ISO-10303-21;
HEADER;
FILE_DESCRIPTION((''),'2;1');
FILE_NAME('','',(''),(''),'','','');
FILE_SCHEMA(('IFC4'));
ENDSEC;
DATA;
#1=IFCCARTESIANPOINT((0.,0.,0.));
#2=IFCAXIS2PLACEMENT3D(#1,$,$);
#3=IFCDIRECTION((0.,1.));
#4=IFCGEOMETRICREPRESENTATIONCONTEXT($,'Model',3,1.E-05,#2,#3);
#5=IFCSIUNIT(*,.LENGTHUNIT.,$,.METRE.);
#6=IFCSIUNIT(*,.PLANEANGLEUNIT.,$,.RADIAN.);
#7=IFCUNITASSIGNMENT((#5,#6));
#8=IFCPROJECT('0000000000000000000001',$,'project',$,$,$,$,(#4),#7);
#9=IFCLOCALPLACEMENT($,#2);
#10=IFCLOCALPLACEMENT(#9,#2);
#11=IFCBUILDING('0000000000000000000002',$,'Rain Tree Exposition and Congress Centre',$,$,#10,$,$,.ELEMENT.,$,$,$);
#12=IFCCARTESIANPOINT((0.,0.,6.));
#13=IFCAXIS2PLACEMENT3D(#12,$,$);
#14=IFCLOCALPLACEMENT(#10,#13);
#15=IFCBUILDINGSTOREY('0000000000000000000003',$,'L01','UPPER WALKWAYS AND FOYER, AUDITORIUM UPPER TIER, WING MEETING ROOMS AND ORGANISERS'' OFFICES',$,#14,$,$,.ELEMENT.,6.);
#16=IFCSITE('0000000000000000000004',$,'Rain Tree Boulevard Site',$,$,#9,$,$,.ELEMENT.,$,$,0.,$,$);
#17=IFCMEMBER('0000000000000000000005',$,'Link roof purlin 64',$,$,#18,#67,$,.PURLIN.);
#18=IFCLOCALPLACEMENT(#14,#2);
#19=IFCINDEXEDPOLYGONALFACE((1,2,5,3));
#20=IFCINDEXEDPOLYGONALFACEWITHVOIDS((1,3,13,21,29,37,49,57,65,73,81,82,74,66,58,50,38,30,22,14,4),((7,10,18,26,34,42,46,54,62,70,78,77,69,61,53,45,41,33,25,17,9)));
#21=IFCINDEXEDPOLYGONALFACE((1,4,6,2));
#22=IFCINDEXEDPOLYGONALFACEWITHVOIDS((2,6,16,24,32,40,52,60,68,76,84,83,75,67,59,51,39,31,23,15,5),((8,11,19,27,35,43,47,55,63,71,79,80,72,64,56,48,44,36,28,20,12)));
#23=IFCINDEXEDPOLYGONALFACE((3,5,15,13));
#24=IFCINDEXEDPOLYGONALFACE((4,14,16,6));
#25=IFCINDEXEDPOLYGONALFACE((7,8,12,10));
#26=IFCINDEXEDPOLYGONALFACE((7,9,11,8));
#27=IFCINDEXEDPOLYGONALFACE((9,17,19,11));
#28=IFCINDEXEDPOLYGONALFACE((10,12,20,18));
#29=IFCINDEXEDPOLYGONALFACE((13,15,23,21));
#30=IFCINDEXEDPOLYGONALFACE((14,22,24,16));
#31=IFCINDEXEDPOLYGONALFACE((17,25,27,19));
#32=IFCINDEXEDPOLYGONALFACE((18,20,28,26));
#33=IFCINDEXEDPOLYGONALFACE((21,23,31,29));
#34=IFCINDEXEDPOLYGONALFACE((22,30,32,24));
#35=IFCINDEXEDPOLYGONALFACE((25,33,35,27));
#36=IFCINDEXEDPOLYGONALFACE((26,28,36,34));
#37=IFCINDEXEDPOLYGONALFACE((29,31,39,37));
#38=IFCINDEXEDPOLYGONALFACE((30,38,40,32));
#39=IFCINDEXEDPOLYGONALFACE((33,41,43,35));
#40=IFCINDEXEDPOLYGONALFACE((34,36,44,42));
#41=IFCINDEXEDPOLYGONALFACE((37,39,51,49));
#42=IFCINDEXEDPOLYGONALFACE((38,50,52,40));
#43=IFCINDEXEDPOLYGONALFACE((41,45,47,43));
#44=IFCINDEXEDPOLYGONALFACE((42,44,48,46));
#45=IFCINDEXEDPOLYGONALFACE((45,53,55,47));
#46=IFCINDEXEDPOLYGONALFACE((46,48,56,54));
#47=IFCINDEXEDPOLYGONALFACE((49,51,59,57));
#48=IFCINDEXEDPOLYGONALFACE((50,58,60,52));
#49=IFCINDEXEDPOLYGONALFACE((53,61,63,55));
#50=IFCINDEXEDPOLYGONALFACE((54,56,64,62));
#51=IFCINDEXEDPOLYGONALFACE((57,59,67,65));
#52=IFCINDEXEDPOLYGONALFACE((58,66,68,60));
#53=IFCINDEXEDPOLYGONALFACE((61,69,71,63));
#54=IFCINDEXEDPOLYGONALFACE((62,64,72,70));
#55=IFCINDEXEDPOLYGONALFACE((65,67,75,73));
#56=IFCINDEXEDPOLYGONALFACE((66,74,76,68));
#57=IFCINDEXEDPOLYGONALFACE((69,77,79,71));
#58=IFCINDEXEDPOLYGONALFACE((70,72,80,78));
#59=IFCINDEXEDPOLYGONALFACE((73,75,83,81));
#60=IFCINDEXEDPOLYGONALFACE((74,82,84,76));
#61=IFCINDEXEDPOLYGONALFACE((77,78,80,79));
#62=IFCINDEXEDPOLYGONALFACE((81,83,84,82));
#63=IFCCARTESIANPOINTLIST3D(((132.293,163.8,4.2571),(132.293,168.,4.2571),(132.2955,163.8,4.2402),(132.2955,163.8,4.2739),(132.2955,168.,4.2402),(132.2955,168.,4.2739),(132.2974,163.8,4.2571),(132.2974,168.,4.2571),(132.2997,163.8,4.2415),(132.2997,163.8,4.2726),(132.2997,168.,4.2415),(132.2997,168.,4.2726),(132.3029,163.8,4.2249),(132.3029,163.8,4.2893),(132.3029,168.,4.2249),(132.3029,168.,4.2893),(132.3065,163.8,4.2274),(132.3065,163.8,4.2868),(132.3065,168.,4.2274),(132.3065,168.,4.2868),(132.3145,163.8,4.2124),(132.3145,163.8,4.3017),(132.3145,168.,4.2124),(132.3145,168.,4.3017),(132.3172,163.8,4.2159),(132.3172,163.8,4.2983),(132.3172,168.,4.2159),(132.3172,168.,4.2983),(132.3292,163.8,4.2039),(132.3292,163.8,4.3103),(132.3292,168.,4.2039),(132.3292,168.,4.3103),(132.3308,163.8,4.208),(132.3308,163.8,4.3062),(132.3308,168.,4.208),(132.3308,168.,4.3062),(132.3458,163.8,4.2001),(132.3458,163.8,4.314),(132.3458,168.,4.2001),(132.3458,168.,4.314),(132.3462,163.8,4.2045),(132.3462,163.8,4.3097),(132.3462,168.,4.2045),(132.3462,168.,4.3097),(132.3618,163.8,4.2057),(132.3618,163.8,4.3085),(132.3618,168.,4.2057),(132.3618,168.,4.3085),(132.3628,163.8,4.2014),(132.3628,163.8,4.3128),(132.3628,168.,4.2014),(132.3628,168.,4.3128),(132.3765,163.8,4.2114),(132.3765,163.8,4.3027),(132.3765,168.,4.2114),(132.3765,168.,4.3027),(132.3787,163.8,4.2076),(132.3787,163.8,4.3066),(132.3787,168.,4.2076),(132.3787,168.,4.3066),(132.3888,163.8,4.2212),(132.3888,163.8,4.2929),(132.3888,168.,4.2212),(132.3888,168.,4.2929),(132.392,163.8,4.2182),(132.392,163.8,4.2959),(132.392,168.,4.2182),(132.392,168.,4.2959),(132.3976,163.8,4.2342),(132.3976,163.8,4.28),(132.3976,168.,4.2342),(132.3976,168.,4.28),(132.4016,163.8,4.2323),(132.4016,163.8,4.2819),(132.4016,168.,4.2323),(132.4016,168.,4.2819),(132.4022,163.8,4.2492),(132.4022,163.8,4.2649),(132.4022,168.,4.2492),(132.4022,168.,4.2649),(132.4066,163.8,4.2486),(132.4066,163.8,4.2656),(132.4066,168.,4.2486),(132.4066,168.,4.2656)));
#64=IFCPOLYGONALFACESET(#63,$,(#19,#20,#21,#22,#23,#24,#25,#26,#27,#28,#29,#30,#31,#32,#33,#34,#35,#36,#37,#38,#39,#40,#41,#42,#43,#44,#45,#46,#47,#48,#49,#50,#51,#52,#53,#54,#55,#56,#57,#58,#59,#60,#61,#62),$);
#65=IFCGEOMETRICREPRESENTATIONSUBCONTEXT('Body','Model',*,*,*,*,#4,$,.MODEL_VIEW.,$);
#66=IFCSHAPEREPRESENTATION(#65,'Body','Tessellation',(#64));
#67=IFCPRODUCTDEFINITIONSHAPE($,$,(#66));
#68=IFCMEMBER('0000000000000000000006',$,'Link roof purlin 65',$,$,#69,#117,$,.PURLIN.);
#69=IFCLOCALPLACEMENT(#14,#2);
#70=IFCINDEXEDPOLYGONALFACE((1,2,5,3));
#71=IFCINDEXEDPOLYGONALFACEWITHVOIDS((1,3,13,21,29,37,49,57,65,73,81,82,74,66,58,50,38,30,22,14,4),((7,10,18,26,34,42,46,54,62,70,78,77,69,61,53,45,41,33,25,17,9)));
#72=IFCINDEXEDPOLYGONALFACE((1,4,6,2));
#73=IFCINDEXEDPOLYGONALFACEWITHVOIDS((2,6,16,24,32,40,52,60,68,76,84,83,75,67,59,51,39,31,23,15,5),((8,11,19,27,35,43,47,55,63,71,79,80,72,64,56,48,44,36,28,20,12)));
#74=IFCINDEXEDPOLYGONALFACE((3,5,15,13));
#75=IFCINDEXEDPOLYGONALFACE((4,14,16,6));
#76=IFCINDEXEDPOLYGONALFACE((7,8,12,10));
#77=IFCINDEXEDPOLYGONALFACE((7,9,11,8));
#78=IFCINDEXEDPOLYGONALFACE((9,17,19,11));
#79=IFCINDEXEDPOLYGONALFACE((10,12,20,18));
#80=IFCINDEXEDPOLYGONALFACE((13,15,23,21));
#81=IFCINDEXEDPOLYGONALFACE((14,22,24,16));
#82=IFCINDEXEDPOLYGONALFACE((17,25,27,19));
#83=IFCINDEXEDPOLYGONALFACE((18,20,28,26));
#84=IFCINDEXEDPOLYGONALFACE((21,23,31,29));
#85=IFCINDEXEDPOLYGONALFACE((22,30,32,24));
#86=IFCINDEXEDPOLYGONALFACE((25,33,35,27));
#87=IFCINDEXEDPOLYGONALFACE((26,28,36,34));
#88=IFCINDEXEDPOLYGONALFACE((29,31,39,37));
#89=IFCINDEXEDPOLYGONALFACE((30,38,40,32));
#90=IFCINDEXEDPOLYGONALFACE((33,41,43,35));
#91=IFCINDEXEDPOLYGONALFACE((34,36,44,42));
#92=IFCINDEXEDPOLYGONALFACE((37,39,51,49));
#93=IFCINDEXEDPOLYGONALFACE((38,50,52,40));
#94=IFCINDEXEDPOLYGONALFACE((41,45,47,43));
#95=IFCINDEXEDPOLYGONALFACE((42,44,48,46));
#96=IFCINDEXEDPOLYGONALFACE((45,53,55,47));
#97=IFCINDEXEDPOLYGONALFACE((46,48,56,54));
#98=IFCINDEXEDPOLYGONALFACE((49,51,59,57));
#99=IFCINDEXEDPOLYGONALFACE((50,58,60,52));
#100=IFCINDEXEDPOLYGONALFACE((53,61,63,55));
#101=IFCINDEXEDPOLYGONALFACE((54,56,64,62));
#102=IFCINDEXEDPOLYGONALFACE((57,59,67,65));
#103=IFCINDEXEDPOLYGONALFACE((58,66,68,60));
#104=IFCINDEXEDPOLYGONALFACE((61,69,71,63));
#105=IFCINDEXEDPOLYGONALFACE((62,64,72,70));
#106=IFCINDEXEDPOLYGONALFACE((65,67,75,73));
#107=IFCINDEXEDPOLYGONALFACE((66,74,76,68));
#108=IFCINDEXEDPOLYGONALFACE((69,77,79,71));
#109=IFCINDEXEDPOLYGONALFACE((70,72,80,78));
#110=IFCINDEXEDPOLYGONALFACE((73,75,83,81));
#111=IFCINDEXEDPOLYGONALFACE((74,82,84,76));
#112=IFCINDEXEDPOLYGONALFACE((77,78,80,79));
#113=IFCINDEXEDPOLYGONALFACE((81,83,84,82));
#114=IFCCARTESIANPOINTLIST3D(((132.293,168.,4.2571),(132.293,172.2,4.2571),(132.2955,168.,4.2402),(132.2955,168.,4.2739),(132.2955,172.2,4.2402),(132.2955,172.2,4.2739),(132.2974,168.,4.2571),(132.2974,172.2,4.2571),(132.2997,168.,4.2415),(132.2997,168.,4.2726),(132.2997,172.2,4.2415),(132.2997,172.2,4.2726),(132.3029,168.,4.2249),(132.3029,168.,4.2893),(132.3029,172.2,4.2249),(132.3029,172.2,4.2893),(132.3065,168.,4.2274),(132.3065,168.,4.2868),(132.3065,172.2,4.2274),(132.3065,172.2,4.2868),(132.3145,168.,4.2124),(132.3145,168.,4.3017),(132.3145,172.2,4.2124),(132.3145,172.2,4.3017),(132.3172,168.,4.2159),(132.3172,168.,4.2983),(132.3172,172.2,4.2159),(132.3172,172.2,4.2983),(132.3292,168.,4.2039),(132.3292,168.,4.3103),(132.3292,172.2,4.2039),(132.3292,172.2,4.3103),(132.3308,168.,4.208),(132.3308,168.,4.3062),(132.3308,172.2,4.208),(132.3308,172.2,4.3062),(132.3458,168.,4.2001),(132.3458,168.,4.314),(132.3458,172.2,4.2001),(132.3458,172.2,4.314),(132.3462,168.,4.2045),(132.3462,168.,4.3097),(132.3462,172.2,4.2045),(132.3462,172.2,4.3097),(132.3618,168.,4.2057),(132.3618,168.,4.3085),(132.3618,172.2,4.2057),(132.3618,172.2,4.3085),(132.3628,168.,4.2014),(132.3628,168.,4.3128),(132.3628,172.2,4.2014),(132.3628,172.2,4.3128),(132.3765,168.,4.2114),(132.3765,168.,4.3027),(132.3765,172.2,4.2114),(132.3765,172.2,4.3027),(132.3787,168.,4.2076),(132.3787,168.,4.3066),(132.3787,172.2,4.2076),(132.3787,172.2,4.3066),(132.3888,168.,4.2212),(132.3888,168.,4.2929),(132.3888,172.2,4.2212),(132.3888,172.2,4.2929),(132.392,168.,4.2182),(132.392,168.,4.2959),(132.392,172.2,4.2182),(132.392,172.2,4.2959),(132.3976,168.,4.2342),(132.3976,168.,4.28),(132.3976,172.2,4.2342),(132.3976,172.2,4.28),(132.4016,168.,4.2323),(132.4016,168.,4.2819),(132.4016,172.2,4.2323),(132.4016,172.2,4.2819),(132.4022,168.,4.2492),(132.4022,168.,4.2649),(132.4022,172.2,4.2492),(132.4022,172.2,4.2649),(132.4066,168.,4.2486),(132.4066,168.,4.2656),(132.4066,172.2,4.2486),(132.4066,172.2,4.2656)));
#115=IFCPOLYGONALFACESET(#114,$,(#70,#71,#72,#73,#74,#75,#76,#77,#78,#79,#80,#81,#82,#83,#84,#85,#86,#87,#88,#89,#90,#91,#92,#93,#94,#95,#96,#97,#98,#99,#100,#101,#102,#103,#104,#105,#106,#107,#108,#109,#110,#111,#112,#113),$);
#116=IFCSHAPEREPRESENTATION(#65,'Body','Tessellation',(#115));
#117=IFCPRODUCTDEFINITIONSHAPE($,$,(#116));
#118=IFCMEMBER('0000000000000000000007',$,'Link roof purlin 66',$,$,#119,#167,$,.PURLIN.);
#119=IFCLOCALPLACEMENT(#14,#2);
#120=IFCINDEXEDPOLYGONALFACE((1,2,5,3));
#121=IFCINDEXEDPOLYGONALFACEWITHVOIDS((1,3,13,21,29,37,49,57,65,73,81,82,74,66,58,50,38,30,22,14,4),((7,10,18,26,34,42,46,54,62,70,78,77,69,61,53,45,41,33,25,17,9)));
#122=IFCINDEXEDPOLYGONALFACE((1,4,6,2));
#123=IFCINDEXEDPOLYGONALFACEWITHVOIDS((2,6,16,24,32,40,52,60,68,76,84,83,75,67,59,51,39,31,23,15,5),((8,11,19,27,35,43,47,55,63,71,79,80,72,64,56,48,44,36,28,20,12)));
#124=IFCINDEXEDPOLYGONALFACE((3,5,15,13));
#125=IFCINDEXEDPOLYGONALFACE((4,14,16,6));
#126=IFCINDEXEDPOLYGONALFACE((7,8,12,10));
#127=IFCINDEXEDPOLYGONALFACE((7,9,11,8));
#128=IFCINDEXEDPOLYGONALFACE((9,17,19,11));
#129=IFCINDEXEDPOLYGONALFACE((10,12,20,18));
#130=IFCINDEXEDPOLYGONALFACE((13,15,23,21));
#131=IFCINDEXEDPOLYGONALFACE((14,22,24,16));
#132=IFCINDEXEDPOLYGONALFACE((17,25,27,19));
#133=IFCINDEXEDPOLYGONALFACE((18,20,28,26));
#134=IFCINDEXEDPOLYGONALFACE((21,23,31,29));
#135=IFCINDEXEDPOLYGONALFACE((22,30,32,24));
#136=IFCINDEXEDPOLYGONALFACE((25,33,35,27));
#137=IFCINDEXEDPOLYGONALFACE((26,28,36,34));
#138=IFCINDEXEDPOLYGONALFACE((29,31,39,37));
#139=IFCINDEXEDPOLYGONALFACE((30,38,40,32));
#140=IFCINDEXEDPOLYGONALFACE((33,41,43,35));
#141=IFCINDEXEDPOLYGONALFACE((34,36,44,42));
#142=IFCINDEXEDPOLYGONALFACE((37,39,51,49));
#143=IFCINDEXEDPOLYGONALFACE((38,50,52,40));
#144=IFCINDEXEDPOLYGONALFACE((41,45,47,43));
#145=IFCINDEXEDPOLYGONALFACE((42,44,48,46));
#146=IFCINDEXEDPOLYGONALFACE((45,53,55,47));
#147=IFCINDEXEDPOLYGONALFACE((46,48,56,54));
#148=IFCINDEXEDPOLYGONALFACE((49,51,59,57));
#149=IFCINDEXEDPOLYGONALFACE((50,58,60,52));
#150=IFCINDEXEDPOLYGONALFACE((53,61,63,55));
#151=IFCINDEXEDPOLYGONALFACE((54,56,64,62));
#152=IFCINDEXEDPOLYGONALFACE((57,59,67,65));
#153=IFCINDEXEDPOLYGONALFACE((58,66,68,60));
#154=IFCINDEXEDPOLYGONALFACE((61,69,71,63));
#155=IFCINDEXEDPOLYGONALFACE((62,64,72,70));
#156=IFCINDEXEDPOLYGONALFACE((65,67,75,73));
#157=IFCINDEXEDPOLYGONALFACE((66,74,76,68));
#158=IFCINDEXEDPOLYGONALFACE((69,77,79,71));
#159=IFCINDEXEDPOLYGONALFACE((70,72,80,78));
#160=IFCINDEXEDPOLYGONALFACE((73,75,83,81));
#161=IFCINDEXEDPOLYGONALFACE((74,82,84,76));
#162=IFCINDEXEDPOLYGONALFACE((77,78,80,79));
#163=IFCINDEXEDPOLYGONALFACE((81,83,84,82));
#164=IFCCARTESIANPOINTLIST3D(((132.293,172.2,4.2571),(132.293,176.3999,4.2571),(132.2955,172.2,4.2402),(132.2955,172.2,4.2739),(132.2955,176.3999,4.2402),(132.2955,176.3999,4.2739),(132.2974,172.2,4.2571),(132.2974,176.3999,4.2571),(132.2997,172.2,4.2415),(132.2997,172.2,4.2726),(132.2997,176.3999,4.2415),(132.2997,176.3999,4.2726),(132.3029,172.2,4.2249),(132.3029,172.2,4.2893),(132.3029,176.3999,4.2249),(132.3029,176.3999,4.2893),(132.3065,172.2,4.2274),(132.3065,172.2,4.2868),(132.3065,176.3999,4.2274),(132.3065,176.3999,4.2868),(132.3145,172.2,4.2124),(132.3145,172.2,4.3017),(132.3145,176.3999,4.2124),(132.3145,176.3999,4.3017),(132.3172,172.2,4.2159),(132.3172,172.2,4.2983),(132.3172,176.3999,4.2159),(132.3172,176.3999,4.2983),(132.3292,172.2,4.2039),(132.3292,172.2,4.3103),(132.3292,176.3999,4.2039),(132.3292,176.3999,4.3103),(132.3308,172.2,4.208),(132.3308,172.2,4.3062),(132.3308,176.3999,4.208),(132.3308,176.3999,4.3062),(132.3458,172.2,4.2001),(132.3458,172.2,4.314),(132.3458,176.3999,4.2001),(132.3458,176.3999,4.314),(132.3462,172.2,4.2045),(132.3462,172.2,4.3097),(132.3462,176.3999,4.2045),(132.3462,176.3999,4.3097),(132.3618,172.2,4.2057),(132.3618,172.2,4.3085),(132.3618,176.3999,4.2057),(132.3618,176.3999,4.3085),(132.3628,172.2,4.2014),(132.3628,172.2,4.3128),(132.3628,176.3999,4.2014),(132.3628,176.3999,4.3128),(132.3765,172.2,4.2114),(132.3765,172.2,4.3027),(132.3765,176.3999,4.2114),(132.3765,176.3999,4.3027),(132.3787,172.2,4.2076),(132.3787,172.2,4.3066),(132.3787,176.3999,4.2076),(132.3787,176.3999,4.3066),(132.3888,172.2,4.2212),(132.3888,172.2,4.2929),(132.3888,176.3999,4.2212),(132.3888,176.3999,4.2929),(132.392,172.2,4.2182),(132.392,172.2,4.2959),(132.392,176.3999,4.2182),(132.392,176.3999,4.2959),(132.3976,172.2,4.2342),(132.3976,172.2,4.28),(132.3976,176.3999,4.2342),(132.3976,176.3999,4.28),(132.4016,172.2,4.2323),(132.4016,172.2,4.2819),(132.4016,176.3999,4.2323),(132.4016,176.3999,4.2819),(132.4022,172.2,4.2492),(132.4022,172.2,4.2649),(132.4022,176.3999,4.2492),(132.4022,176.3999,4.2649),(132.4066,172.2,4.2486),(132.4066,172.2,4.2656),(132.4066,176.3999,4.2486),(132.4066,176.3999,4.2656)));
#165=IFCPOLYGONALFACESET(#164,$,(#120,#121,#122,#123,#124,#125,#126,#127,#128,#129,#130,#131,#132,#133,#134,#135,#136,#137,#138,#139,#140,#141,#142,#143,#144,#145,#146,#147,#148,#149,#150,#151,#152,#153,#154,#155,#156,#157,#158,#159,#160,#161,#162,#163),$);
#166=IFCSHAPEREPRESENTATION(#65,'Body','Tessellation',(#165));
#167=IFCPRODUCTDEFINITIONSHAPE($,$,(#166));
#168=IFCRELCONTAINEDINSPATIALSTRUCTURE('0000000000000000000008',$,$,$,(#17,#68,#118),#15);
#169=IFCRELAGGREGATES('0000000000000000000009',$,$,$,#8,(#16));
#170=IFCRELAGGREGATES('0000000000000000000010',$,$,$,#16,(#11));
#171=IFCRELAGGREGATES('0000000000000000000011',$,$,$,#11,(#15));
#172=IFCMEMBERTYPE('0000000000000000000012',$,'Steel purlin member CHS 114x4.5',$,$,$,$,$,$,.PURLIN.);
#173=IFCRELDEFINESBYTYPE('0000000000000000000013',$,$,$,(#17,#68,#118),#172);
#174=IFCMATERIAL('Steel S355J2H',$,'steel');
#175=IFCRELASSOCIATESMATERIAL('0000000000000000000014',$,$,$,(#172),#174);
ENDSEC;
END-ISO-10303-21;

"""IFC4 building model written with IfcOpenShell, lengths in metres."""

from ifc_helpers import new_model, si_unit, direction, frame, origin, origin_2d, place, context, subcontext, project, spatial, hollow_circle, extrude, material, material_profile, profile_set, type_object, element, save


model = new_model("IFC4")

# Units and contexts
model_context = context("Model", 3, precision=1e-05, world=origin(), true_north=direction((0.0, 1.0)))
body_context = subcontext(model_context, "Body", "Model", "MODEL_VIEW")
ifc_project = project(units=[si_unit("LENGTHUNIT", "METRE"), si_unit("PLANEANGLEUNIT", "RADIAN")], contexts=[model_context])

# Site, building, storey
site_placement = place(None, origin())
site = spatial("IfcSite", under=ifc_project, at=site_placement, Name="Rain Tree Boulevard Site", CompositionType="ELEMENT", RefElevation=0.0)
building_placement = place(site_placement, origin())
building = spatial("IfcBuilding", under=site, at=building_placement, Name="Rain Tree Exposition and Congress Centre", CompositionType="ELEMENT")
storey_placement = place(building_placement, frame((0.0, 0.0, 6.0)))
storey = spatial("IfcBuildingStorey", under=building, at=storey_placement, Name="L01", Description="UPPER WALKWAYS AND FOYER, AUDITORIUM UPPER TIER, WING MEETING ROOMS AND ORGANISERS' OFFICES", CompositionType="ELEMENT", Elevation=6.0)

# Members
ifc_material_1 = material(Name="Steel S355J2H", Category="steel")
ifc_material_profile_1 = material_profile(ifc_material_1, hollow_circle(Radius=0.0571, WallThickness=0.0044, at=origin_2d()), Name="CHS 114x4.5")
ifc_profile_set_1 = profile_set([ifc_material_profile_1], Name="Steel S355J2H")
member_type = type_object("IfcMemberType", Name="Steel purlin member CHS 114x4.5", PredefinedType="PURLIN", material=ifc_profile_set_1)
for number, where, z_axis, x_axis, name in (
    (1, (132.3501, 163.8, 4.2571), (0.0, 1.0, 0.0), (-1.0, 0.0, 0.0), "Link roof purlin 64"),
    (2, (132.3501, 168.0, 4.2571), (0.0, 1.0, 0.0), (-1.0, 0.0, 0.0), "Link roof purlin 65"),
    (3, (132.3501, 172.2, 4.2571), (0.0, 1.0, 0.0), (-1.0, 0.0, 0.0), "Link roof purlin 66"),
):
    element("IfcMember", number, at=place(storey_placement, frame(where, z_axis=z_axis, x_axis=x_axis)), inside=storey, type_object=member_type, Name=name, PredefinedType="PURLIN", context=body_context, shape_type="SweptSolid", body=[
        extrude(hollow_circle(Radius=0.0571, WallThickness=0.0044, at=origin_2d()), origin(), (0.0, 0.0, 1.0), 4.2),
    ])

save(model, "model.ifc")
